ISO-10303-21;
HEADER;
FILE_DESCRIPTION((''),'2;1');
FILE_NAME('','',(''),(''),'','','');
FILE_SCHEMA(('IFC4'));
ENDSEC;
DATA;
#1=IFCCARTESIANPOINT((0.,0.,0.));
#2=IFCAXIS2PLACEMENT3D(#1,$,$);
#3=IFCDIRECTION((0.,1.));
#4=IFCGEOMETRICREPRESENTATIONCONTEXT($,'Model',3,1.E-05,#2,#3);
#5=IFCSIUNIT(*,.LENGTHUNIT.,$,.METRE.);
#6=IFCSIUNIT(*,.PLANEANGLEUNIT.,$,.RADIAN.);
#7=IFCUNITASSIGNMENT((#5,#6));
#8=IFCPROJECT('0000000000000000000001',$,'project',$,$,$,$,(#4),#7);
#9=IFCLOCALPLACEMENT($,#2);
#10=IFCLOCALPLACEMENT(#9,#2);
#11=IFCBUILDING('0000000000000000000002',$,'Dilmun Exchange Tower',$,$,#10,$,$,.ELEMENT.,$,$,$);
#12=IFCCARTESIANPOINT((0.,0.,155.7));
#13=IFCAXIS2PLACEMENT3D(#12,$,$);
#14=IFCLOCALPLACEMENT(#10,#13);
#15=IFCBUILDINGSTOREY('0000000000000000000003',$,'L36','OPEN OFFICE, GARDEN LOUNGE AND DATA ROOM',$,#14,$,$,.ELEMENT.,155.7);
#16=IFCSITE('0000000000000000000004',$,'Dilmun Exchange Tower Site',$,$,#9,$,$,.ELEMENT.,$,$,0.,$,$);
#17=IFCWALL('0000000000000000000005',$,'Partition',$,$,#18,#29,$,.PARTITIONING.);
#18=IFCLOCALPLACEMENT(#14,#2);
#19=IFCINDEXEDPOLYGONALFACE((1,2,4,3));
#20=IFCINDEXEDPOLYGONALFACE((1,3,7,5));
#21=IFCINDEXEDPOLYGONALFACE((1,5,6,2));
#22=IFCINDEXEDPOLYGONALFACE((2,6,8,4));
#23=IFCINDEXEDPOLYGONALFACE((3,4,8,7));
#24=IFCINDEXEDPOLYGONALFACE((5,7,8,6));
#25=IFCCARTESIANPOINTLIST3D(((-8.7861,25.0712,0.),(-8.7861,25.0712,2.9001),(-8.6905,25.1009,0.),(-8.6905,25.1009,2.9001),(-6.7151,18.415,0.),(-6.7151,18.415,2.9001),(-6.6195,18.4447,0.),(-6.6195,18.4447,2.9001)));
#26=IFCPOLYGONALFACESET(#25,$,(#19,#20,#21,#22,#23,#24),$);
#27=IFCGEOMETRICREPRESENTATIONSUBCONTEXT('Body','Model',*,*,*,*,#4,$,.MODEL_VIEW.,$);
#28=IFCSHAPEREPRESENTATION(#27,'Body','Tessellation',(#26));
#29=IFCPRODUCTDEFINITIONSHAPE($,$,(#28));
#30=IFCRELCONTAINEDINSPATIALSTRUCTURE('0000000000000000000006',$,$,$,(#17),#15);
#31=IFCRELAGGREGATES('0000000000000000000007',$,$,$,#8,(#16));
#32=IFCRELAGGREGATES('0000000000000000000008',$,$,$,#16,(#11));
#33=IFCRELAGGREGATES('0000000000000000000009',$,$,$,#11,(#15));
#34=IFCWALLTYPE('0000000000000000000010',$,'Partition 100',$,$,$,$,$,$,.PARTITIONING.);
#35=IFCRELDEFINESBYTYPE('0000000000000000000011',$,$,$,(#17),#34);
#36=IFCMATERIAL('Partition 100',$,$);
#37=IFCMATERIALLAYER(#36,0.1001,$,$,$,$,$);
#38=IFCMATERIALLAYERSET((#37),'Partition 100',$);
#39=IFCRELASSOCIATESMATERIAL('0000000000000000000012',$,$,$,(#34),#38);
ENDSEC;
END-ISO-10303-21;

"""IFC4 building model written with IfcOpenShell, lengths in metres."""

from ifc_helpers import new_model, si_unit, direction, frame, frame_2d, origin, place, context, subcontext, project, spatial, rectangle, extrude, material, layer, layer_set, type_object, element, save


model = new_model("IFC4")

# Units and contexts
model_context = context("Model", 3, precision=1e-05, world=origin(), true_north=direction((0.0, 1.0)))
body_context = subcontext(model_context, "Body", "Model", "MODEL_VIEW")
ifc_project = project(units=[si_unit("LENGTHUNIT", "METRE"), si_unit("PLANEANGLEUNIT", "RADIAN")], contexts=[model_context])

# Site, building, storey
site_placement = place(None, origin())
site = spatial("IfcSite", under=ifc_project, at=site_placement, Name="Dilmun Exchange Tower Site", CompositionType="ELEMENT", RefElevation=0.0)
building_placement = place(site_placement, origin())
building = spatial("IfcBuilding", under=site, at=building_placement, Name="Dilmun Exchange Tower", CompositionType="ELEMENT")
storey_placement = place(building_placement, frame((0.0, 0.0, 155.7)))
storey = spatial("IfcBuildingStorey", under=building, at=storey_placement, Name="L36", Description="OPEN OFFICE, GARDEN LOUNGE AND DATA ROOM", CompositionType="ELEMENT", Elevation=155.7)

# Wall
ifc_material_1 = material(Name="Partition 100")
ifc_layer_1 = layer(ifc_material_1, 0.1001)
ifc_layer_set_1 = layer_set([ifc_layer_1], Name="Partition 100")
wall_type_1 = type_object("IfcWallType", Name="Partition 100", PredefinedType="PARTITIONING", material=ifc_layer_set_1)
wall_1_placement = place(storey_placement, frame((-8.7383, 25.0859, 0.0), z_axis=(0.0, 0.0, 1.0), x_axis=(0.297094, -0.954848, 0.0)))
element("IfcWall", 1, at=wall_1_placement, inside=storey, type_object=wall_type_1, Name="Partition", PredefinedType="PARTITIONING", context=body_context, shape_type="SweptSolid", body=[
    extrude(rectangle(XDim=6.9709, YDim=0.1001, at=frame_2d((3.4854, 0.0))), origin(), (0.0, 0.0, 1.0), 2.9001),
])

save(model, "model.ifc")
